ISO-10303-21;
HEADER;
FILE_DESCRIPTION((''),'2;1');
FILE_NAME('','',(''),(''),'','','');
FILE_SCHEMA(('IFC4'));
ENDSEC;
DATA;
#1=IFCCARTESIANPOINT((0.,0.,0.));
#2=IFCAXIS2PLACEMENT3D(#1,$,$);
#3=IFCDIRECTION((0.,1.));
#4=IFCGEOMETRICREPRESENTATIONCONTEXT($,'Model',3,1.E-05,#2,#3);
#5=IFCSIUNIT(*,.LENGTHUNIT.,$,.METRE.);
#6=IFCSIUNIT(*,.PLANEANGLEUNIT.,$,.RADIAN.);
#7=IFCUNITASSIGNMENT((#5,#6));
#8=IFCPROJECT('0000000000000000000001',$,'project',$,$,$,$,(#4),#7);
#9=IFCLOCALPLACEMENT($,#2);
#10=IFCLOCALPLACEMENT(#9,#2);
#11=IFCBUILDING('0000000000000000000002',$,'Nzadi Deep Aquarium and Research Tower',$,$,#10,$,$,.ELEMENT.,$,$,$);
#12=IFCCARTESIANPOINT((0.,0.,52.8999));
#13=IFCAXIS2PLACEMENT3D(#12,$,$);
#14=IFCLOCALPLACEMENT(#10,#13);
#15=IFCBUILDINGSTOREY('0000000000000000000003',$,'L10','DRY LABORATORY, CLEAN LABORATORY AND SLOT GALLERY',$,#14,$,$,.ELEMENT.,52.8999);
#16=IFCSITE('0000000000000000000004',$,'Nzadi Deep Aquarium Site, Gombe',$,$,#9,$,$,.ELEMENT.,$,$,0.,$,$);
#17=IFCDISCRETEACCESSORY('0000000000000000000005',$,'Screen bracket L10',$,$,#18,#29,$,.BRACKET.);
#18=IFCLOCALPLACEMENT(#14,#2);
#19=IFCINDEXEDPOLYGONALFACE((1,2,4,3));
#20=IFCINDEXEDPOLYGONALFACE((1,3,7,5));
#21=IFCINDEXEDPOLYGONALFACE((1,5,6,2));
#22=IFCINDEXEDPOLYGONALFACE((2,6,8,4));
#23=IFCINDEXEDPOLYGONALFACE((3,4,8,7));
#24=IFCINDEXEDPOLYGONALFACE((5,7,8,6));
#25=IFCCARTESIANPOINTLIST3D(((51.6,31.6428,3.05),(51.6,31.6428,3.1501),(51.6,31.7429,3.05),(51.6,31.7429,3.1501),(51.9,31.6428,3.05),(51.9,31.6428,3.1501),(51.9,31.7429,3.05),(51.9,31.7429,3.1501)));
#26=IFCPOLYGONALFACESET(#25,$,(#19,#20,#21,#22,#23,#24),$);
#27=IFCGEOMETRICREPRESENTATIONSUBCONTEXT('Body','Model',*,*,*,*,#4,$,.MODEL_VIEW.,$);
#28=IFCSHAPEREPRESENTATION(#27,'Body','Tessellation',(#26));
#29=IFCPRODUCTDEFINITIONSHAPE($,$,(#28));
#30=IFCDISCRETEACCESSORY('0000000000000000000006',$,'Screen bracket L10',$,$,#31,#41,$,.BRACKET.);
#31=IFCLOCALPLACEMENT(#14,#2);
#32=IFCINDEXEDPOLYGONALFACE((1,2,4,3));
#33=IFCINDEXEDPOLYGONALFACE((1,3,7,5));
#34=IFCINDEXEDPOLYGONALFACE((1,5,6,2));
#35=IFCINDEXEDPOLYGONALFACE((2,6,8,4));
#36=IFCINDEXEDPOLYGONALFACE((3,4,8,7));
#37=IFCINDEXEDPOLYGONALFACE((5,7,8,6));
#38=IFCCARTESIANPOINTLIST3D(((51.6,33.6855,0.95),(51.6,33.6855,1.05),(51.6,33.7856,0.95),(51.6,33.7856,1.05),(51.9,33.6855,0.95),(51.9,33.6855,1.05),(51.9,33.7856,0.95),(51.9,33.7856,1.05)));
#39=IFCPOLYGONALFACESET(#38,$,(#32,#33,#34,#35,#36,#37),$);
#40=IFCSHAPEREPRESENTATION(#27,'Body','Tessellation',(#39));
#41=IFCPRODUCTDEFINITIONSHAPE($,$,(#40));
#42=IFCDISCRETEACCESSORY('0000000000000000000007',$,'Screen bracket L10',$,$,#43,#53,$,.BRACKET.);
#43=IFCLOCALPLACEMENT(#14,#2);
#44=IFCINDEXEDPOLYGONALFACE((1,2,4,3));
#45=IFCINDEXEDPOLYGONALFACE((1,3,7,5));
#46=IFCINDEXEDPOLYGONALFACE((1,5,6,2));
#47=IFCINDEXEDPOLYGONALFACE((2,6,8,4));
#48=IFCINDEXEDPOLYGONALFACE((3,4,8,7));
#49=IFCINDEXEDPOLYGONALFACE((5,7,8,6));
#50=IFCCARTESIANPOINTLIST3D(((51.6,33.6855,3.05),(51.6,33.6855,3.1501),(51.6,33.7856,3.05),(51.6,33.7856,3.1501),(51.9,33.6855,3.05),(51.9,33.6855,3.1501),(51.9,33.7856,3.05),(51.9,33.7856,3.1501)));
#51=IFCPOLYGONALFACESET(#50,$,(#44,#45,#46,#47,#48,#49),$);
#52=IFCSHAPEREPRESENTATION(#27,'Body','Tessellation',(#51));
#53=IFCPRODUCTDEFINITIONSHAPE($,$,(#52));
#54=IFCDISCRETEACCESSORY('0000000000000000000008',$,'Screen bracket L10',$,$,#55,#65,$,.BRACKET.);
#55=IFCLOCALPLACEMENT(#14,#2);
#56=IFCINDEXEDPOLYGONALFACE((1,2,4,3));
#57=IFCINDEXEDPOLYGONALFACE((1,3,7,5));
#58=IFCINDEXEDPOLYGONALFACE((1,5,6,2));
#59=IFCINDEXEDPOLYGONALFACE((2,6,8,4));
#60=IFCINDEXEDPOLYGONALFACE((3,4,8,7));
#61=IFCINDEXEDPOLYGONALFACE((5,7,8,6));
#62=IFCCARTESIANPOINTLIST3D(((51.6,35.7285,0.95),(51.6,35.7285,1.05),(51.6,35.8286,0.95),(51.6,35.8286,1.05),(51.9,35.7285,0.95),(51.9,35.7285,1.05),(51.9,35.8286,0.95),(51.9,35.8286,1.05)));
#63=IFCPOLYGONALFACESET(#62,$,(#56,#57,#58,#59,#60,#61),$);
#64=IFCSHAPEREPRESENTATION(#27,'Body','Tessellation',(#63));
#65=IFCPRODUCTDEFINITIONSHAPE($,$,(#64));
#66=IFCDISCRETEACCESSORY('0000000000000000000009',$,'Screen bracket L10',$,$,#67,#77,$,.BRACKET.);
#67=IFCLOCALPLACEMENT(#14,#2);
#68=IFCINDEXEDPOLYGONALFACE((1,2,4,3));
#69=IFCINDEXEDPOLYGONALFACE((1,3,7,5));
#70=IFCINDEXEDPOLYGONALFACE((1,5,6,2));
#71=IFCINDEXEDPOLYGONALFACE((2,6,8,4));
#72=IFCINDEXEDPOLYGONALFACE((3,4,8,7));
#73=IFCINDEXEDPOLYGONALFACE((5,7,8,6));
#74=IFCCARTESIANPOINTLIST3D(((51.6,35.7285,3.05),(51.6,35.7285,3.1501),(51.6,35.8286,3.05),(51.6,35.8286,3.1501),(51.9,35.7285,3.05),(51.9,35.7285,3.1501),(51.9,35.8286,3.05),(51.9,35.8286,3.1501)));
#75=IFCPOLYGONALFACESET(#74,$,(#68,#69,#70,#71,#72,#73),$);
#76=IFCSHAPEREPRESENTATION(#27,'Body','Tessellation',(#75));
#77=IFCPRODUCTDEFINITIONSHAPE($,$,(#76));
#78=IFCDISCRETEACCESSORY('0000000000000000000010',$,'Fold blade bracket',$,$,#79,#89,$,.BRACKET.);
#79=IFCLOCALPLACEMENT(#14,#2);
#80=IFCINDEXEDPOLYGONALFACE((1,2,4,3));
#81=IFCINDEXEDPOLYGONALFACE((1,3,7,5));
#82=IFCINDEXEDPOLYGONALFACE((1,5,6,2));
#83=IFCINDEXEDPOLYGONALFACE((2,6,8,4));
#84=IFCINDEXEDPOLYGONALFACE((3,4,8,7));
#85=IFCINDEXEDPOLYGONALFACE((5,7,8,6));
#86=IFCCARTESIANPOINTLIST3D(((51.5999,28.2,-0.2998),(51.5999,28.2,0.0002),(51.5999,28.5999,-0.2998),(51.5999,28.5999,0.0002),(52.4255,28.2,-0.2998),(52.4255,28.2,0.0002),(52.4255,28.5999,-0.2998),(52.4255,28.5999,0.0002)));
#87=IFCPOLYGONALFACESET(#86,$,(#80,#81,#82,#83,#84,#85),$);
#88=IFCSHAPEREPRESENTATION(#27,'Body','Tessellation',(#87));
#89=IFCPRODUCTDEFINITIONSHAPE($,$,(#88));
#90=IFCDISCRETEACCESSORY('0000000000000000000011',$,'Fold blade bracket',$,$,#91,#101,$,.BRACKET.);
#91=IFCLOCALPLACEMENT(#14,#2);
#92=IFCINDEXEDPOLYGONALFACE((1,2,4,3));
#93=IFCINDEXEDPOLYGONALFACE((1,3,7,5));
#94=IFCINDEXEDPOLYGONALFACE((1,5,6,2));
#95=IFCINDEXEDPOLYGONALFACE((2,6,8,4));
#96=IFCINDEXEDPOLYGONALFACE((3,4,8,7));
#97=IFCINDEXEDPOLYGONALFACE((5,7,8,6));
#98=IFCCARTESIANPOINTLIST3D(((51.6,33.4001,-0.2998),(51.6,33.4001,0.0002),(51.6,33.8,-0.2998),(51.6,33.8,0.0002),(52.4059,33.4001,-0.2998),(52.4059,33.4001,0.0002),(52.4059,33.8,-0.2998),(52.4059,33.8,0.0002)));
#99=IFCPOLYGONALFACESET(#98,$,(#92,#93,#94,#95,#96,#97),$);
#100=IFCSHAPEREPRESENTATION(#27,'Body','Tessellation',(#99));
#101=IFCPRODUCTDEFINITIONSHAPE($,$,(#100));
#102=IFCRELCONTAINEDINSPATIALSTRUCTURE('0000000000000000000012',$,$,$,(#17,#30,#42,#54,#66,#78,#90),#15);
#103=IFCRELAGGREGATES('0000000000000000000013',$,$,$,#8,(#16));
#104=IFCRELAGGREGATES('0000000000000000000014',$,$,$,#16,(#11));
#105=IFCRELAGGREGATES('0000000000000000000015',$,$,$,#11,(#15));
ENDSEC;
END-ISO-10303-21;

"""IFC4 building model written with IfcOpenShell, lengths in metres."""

from ifc_helpers import new_model, si_unit, direction, frame, origin, origin_2d, place, context, subcontext, project, spatial, rectangle, extrude, element, save


model = new_model("IFC4")

# Units and contexts
model_context = context("Model", 3, precision=1e-05, world=origin(), true_north=direction((0.0, 1.0)))
body_context = subcontext(model_context, "Body", "Model", "MODEL_VIEW")
ifc_project = project(units=[si_unit("LENGTHUNIT", "METRE"), si_unit("PLANEANGLEUNIT", "RADIAN")], contexts=[model_context])

# Site, building, storey
site_placement = place(None, origin())
site = spatial("IfcSite", under=ifc_project, at=site_placement, Name="Nzadi Deep Aquarium Site, Gombe", CompositionType="ELEMENT", RefElevation=0.0)
building_placement = place(site_placement, origin())
building = spatial("IfcBuilding", under=site, at=building_placement, Name="Nzadi Deep Aquarium and Research Tower", CompositionType="ELEMENT")
storey_placement = place(building_placement, frame((0.0, 0.0, 52.8999)))
storey = spatial("IfcBuildingStorey", under=building, at=storey_placement, Name="L10", Description="DRY LABORATORY, CLEAN LABORATORY AND SLOT GALLERY", CompositionType="ELEMENT", Elevation=52.8999)

# Discrete accessories
for number, where, z_axis, x_axis, name in (
    (1, (51.75, 31.6929, 3.05), (0.0, 0.0, 1.0), (1.0, 0.0, 0.0), "Screen bracket L10"),
    (2, (51.75, 33.7356, 0.95), (0.0, 0.0, 1.0), (1.0, 0.0, 0.0), "Screen bracket L10"),
    (3, (51.75, 33.7356, 3.05), (0.0, 0.0, 1.0), (1.0, 0.0, 0.0), "Screen bracket L10"),
    (4, (51.75, 35.7786, 0.95), (0.0, 0.0, 1.0), (1.0, 0.0, 0.0), "Screen bracket L10"),
    (5, (51.75, 35.7786, 3.05), (0.0, 0.0, 1.0), (1.0, 0.0, 0.0), "Screen bracket L10"),
):
    element("IfcDiscreteAccessory", number, at=place(storey_placement, frame(where, z_axis=z_axis, x_axis=x_axis)), inside=storey, Name=name, PredefinedType="BRACKET", context=body_context, shape_type="SweptSolid", body=[
        extrude(rectangle(XDim=0.3, YDim=0.1001, at=origin_2d()), origin(), (0.0, 0.0, 1.0), 0.1001),
    ])
discrete_accessory_1_placement = place(storey_placement, frame((52.0127, 28.3999, -0.2998), z_axis=(0.0, 0.0, 1.0), x_axis=(1.0, 0.0, 0.0)))
element("IfcDiscreteAccessory", 6, at=discrete_accessory_1_placement, inside=storey, Name="Fold blade bracket", PredefinedType="BRACKET", context=body_context, shape_type="SweptSolid", body=[
    extrude(rectangle(XDim=0.8257, YDim=0.3999, at=origin_2d()), origin(), (0.0, 0.0, 1.0), 0.3),
])
discrete_accessory_2_placement = place(storey_placement, frame((52.0029, 33.6001, -0.2998), z_axis=(0.0, 0.0, 1.0), x_axis=(1.0, 0.0, 0.0)))
element("IfcDiscreteAccessory", 7, at=discrete_accessory_2_placement, inside=storey, Name="Fold blade bracket", PredefinedType="BRACKET", context=body_context, shape_type="SweptSolid", body=[
    extrude(rectangle(XDim=0.8059, YDim=0.3999, at=origin_2d()), origin(), (0.0, 0.0, 1.0), 0.3),
])

save(model, "model.ifc")
